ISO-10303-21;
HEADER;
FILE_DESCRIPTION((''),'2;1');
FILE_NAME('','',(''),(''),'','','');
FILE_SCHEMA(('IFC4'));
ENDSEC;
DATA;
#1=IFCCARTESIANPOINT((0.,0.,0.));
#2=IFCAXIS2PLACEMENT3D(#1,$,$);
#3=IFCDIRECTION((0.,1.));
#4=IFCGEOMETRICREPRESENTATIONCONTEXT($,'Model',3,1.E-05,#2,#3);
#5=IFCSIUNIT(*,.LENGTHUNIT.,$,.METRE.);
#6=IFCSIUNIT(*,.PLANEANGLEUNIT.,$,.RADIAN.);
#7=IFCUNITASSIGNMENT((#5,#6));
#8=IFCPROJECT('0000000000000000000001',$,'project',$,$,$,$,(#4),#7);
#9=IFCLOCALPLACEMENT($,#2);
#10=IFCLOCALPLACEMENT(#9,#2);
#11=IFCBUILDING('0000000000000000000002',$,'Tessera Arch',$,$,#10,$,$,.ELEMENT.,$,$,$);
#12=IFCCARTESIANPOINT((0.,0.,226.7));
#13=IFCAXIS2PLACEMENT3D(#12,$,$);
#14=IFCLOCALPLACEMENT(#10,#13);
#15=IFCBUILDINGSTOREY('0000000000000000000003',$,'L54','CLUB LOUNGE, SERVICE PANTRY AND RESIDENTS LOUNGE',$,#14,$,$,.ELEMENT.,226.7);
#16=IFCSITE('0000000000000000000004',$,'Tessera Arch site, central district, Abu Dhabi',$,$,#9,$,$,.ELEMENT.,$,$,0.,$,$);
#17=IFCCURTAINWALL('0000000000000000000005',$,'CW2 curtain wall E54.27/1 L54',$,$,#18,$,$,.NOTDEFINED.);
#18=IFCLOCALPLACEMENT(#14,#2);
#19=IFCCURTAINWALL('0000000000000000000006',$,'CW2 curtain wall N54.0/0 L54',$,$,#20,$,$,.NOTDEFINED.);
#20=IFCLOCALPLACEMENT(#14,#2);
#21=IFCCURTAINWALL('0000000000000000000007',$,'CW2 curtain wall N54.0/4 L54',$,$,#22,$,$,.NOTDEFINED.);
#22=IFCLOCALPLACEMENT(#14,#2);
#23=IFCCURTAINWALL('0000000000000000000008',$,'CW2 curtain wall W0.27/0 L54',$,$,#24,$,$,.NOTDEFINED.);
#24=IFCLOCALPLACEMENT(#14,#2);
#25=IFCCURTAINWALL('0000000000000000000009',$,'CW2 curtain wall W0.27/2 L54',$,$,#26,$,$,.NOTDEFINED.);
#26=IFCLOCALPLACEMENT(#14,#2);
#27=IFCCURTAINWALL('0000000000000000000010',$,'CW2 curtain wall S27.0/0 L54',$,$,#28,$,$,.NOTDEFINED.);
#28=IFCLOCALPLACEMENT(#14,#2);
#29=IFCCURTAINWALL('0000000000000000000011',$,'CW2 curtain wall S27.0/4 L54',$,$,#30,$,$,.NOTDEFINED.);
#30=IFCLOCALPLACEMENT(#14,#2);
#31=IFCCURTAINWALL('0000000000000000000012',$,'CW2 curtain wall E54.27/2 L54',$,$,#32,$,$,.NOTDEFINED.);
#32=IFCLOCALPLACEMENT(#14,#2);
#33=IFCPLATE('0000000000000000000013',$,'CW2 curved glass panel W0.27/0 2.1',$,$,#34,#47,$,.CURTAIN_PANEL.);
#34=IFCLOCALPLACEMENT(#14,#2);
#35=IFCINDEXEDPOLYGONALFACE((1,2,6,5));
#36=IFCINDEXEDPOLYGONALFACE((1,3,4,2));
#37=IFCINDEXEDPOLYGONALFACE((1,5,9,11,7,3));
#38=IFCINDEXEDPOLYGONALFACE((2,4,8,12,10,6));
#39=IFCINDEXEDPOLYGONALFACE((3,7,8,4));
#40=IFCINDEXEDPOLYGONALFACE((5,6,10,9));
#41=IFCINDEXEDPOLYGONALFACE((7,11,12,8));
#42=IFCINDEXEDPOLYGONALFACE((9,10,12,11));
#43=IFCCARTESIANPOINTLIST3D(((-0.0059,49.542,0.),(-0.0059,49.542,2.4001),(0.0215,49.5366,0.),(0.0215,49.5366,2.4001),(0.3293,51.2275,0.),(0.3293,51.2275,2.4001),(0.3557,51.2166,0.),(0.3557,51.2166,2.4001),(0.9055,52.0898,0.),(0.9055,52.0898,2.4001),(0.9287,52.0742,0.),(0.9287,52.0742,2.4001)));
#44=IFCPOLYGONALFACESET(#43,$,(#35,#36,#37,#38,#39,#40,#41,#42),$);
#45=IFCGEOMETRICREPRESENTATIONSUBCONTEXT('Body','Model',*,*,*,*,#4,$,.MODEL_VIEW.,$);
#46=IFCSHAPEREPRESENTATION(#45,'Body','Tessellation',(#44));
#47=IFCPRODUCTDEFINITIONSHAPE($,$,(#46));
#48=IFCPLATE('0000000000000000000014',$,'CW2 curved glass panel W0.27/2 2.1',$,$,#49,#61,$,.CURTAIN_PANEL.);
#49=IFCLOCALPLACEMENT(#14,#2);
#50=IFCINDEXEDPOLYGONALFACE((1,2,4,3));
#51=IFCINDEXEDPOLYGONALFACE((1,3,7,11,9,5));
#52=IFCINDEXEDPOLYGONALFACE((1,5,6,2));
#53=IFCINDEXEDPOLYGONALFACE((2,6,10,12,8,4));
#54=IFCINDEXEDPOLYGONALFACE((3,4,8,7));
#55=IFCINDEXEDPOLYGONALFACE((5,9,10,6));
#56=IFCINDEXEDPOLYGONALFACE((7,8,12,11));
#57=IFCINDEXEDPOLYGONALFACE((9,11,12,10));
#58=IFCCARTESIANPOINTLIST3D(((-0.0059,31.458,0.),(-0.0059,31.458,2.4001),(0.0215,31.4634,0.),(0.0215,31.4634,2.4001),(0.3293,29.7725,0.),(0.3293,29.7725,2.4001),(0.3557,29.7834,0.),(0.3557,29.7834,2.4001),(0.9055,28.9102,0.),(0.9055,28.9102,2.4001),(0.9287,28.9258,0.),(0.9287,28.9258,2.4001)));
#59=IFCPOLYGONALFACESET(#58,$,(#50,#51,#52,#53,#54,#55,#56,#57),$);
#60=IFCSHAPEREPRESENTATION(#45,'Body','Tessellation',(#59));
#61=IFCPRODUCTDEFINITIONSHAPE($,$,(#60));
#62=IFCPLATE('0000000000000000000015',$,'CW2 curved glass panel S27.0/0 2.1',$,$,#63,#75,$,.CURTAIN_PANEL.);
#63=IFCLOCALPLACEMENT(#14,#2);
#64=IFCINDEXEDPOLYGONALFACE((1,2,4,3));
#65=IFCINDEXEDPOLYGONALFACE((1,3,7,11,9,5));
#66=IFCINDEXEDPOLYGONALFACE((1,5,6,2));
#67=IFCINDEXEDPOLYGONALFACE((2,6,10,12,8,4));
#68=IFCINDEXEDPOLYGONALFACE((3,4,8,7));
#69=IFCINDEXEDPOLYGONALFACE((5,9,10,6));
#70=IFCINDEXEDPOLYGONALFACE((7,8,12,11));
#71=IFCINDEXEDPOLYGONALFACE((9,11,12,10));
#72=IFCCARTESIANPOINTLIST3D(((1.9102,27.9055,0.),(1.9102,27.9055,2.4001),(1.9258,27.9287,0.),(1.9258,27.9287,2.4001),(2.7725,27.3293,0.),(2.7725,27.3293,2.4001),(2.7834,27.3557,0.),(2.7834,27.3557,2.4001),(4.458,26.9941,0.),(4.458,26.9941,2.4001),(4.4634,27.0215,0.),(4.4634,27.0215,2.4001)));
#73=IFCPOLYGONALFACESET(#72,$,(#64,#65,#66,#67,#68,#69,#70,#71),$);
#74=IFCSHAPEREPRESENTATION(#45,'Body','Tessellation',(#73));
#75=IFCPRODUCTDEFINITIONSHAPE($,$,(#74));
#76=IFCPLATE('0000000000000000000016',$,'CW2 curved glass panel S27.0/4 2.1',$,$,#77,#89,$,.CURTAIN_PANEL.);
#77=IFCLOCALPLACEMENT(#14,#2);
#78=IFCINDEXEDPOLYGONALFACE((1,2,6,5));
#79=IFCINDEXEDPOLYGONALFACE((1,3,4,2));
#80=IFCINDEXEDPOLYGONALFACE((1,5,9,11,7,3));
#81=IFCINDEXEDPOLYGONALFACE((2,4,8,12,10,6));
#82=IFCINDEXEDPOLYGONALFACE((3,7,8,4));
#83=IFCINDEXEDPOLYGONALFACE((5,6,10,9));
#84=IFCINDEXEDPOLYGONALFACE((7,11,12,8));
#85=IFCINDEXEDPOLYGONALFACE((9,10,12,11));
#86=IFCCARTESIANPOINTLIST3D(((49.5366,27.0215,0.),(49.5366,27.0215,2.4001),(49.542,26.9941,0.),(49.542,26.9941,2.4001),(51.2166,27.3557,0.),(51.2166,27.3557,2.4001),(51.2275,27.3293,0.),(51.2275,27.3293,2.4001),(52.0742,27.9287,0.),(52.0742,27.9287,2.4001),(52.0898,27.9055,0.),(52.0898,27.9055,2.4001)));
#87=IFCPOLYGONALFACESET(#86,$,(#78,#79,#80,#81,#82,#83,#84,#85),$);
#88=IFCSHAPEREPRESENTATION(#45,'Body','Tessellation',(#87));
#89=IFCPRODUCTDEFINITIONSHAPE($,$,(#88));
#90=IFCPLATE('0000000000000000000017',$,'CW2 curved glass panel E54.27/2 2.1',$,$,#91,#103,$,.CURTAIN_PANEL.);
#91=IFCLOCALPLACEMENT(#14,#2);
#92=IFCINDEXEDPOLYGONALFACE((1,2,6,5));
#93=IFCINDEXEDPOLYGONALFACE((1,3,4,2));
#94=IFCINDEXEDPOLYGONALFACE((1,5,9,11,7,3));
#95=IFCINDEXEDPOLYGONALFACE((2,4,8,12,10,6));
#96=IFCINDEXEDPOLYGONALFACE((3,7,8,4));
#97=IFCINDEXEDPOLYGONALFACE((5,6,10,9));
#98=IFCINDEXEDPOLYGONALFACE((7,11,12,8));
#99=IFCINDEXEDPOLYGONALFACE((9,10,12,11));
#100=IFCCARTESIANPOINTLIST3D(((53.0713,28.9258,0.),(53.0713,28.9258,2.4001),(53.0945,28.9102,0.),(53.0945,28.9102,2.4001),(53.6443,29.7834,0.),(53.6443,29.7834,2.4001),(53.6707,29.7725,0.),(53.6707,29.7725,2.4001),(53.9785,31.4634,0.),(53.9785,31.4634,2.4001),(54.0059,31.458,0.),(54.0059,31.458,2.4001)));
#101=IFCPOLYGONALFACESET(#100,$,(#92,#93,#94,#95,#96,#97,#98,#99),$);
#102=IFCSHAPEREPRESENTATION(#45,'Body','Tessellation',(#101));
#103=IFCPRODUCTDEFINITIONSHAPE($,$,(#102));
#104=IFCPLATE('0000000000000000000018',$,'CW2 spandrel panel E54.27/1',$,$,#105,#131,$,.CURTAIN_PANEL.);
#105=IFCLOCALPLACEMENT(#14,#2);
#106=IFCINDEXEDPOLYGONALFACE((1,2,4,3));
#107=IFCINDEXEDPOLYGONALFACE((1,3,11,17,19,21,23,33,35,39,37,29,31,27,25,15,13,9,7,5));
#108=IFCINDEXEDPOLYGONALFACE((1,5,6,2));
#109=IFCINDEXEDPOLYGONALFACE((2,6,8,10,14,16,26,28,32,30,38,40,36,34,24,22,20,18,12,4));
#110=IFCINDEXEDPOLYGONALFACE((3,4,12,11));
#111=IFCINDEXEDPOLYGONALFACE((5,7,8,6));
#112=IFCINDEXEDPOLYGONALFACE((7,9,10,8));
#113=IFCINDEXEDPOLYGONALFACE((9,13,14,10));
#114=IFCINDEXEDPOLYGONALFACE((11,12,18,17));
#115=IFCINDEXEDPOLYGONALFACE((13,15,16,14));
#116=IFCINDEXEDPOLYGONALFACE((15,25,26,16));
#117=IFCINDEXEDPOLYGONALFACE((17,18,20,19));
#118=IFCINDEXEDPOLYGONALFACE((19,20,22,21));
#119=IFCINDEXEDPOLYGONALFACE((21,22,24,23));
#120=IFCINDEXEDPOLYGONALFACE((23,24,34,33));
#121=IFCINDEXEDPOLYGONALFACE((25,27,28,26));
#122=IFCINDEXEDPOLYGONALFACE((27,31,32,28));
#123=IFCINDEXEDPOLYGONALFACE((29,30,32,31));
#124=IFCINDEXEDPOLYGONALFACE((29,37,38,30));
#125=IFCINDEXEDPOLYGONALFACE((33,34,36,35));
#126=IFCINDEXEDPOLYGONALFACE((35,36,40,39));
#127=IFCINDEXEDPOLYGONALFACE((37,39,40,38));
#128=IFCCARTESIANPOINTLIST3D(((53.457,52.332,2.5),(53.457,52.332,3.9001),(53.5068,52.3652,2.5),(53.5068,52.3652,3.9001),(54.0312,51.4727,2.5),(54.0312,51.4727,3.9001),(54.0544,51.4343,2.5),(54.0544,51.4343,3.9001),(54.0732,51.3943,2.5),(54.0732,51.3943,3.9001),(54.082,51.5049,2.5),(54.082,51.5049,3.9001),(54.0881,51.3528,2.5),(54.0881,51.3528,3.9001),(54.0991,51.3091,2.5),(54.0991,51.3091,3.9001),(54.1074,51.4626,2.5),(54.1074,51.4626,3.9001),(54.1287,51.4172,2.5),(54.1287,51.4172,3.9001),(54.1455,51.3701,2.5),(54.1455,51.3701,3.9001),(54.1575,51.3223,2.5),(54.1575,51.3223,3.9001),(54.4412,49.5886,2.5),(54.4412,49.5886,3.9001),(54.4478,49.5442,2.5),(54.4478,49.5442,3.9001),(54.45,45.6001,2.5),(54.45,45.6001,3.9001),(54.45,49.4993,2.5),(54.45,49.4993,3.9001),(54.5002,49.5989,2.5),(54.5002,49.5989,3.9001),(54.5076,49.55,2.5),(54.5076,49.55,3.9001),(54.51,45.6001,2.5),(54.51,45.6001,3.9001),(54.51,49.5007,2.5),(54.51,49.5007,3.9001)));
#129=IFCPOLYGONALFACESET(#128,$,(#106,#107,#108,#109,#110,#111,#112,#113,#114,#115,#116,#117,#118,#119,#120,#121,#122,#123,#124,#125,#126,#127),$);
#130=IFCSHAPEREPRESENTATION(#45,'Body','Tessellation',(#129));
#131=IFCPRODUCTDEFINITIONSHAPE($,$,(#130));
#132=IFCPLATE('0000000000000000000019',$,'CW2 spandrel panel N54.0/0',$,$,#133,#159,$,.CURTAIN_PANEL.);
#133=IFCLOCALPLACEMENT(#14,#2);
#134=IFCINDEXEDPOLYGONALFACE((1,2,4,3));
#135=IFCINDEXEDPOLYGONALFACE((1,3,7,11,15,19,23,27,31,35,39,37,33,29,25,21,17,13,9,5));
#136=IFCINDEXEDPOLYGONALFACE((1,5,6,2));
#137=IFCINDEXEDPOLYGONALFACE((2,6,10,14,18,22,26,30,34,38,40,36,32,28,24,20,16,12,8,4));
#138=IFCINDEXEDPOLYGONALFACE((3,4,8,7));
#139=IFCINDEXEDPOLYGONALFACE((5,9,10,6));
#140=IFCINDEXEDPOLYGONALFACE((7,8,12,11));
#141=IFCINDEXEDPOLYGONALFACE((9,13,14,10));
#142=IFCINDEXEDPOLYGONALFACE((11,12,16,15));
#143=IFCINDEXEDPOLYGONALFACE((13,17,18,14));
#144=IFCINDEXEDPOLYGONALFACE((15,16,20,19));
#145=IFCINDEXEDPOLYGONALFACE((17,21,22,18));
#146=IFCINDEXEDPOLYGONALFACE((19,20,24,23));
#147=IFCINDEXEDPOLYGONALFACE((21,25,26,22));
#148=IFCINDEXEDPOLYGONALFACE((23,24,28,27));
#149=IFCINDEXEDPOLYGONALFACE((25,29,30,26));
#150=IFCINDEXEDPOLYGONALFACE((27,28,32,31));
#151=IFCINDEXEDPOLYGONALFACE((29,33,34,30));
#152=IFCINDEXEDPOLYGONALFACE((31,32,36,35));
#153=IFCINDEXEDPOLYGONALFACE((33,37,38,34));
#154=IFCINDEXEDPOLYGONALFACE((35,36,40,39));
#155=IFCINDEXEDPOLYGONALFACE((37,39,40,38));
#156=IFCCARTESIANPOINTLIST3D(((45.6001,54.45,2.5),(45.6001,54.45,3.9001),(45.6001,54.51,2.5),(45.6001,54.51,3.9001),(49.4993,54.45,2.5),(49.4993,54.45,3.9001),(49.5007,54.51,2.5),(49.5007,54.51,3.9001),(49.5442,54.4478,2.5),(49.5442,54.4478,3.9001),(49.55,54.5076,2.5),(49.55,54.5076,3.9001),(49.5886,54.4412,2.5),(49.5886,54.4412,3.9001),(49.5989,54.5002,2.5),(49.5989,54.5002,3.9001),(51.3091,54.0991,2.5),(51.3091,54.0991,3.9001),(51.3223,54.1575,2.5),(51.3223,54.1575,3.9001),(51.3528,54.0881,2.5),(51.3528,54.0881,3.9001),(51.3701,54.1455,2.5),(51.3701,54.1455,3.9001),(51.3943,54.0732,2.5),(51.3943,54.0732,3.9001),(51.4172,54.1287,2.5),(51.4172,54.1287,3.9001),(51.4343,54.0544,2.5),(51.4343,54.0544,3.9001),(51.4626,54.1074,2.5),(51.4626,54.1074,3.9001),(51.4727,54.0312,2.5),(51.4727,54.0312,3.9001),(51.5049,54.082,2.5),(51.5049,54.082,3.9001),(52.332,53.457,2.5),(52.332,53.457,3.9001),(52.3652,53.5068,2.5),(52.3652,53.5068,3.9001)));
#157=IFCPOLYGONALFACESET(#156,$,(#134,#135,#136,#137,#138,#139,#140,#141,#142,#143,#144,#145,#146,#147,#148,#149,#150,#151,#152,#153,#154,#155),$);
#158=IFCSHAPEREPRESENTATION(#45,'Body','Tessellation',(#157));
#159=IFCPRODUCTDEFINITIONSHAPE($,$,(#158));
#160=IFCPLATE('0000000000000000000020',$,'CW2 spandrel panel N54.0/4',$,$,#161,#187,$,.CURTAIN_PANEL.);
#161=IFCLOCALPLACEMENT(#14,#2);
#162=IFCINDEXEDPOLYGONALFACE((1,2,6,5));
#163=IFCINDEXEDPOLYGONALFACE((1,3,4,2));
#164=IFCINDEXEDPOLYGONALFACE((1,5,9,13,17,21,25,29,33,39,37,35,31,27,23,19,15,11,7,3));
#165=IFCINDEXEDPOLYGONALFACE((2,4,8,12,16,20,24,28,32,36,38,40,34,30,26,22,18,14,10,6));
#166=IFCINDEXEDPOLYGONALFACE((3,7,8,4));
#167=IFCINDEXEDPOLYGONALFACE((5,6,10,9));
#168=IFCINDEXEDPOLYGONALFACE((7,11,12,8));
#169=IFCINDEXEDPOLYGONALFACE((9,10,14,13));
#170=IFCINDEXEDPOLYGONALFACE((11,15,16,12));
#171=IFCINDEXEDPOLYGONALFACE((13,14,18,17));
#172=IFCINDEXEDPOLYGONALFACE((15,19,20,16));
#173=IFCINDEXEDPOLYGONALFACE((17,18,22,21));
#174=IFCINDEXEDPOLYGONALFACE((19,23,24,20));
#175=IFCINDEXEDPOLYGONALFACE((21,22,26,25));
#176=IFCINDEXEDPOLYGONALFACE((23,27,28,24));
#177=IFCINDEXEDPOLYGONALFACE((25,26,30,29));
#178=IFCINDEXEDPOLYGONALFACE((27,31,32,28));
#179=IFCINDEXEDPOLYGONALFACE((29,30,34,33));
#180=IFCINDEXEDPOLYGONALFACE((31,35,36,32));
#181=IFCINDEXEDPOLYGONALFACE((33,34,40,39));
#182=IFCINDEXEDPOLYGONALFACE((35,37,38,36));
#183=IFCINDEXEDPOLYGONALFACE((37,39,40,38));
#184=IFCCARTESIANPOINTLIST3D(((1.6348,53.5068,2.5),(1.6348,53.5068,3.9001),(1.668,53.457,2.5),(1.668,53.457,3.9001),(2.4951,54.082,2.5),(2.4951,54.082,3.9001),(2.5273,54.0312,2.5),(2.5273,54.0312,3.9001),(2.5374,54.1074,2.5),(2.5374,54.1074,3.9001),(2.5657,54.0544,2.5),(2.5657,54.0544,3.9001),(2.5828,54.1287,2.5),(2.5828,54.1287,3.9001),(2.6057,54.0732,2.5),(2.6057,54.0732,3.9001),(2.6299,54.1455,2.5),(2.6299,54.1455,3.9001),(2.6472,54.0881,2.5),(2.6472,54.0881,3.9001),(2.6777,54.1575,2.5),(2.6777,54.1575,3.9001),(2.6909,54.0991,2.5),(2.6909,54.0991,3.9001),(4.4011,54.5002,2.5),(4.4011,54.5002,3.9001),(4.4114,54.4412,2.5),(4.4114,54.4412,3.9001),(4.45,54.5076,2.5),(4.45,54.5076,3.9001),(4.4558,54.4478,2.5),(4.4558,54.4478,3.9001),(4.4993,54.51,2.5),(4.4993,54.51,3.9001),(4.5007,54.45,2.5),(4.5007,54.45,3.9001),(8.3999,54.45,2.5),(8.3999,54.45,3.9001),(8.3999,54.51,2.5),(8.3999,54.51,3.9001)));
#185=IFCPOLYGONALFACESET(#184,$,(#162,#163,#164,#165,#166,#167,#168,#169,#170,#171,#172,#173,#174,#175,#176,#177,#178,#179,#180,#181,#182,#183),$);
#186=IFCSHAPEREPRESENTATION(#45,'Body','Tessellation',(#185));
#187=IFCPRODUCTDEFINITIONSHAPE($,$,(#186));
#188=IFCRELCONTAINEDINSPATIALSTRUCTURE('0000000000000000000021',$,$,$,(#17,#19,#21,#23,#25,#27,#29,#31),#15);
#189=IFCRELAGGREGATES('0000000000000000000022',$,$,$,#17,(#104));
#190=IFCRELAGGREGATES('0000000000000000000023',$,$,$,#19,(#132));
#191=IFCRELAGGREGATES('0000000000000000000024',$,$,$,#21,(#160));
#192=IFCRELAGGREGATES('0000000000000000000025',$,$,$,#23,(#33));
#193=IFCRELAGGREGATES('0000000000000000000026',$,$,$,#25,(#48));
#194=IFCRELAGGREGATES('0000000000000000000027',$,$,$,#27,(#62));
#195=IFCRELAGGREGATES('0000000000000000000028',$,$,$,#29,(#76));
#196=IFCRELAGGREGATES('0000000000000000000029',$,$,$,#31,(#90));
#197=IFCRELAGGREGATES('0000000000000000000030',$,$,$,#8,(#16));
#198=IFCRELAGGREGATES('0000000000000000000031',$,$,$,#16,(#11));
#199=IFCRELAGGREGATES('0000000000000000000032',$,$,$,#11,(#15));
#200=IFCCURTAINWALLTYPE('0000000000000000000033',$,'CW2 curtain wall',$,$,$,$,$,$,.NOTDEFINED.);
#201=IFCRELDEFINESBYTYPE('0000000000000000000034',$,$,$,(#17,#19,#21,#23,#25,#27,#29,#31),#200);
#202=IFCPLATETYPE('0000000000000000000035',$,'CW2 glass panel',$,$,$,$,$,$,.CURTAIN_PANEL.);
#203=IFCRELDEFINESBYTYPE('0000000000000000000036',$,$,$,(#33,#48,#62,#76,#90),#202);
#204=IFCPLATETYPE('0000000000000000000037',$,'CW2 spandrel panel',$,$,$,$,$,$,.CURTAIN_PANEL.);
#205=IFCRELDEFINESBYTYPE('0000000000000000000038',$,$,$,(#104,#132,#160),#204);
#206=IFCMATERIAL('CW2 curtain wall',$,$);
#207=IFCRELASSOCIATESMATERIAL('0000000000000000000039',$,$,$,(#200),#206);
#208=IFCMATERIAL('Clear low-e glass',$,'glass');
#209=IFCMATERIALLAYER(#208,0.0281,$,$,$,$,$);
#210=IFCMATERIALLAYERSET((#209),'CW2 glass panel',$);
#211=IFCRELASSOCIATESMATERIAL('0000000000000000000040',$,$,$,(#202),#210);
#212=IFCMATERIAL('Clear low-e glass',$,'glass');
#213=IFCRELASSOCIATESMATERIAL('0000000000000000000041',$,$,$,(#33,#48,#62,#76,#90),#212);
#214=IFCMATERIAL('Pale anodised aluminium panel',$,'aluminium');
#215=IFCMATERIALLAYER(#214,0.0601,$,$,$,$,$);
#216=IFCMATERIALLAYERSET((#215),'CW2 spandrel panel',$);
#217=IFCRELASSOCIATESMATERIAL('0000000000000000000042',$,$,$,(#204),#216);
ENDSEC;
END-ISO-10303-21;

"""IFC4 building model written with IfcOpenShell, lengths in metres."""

from ifc_helpers import new_model, si_unit, direction, frame, origin, place, context, subcontext, project, spatial, polyline, outline, extrude, material, layer, layer_set, type_object, element, aggregate, save


model = new_model("IFC4")

# Units and contexts
model_context = context("Model", 3, precision=1e-05, world=origin(), true_north=direction((0.0, 1.0)))
body_context = subcontext(model_context, "Body", "Model", "MODEL_VIEW")
ifc_project = project(units=[si_unit("LENGTHUNIT", "METRE"), si_unit("PLANEANGLEUNIT", "RADIAN")], contexts=[model_context])

# Site, building, storey
site_placement = place(None, origin())
site = spatial("IfcSite", under=ifc_project, at=site_placement, Name="Tessera Arch site, central district, Abu Dhabi", CompositionType="ELEMENT", RefElevation=0.0)
building_placement = place(site_placement, origin())
building = spatial("IfcBuilding", under=site, at=building_placement, Name="Tessera Arch", CompositionType="ELEMENT")
storey_placement = place(building_placement, frame((0.0, 0.0, 226.7)))
storey = spatial("IfcBuildingStorey", under=building, at=storey_placement, Name="L54", Description="CLUB LOUNGE, SERVICE PANTRY AND RESIDENTS LOUNGE", CompositionType="ELEMENT", Elevation=226.7)

# Curtain walls
ifc_material_1 = material(Name="CW2 curtain wall")
curtain_wall_type = type_object("IfcCurtainWallType", Name="CW2 curtain wall", PredefinedType="NOTDEFINED", material=ifc_material_1)
curtain_wall_1_placement = place(storey_placement, origin())
curtain_wall_1 = element("IfcCurtainWall", 1, at=curtain_wall_1_placement, inside=storey, type_object=curtain_wall_type, Name="CW2 curtain wall E54.27/1 L54", PredefinedType="NOTDEFINED")
curtain_wall_2_placement = place(storey_placement, origin())
curtain_wall_2 = element("IfcCurtainWall", 2, at=curtain_wall_2_placement, inside=storey, type_object=curtain_wall_type, Name="CW2 curtain wall N54.0/0 L54", PredefinedType="NOTDEFINED")
curtain_wall_3_placement = place(storey_placement, origin())
curtain_wall_3 = element("IfcCurtainWall", 3, at=curtain_wall_3_placement, inside=storey, type_object=curtain_wall_type, Name="CW2 curtain wall N54.0/4 L54", PredefinedType="NOTDEFINED")
curtain_wall_4_placement = place(storey_placement, origin())
curtain_wall_4 = element("IfcCurtainWall", 4, at=curtain_wall_4_placement, inside=storey, type_object=curtain_wall_type, Name="CW2 curtain wall W0.27/0 L54", PredefinedType="NOTDEFINED")
curtain_wall_5_placement = place(storey_placement, origin())
curtain_wall_5 = element("IfcCurtainWall", 5, at=curtain_wall_5_placement, inside=storey, type_object=curtain_wall_type, Name="CW2 curtain wall W0.27/2 L54", PredefinedType="NOTDEFINED")
curtain_wall_6_placement = place(storey_placement, origin())
curtain_wall_6 = element("IfcCurtainWall", 6, at=curtain_wall_6_placement, inside=storey, type_object=curtain_wall_type, Name="CW2 curtain wall S27.0/0 L54", PredefinedType="NOTDEFINED")
curtain_wall_7_placement = place(storey_placement, origin())
curtain_wall_7 = element("IfcCurtainWall", 7, at=curtain_wall_7_placement, inside=storey, type_object=curtain_wall_type, Name="CW2 curtain wall S27.0/4 L54", PredefinedType="NOTDEFINED")
curtain_wall_8_placement = place(storey_placement, origin())
curtain_wall_8 = element("IfcCurtainWall", 8, at=curtain_wall_8_placement, inside=storey, type_object=curtain_wall_type, Name="CW2 curtain wall E54.27/2 L54", PredefinedType="NOTDEFINED")

# Plates
ifc_material_2 = material(Name="Clear low-e glass", Category="glass")
ifc_material_3 = material(Name="Clear low-e glass", Category="glass")
ifc_layer_1 = layer(ifc_material_3, 0.0281)
ifc_layer_set_1 = layer_set([ifc_layer_1], Name="CW2 glass panel")
plate_type_1 = type_object("IfcPlateType", Name="CW2 glass panel", PredefinedType="CURTAIN_PANEL", material=ifc_layer_set_1)
plate_1_placement = place(storey_placement, origin())
plate_1 = element("IfcPlate", 9, at=plate_1_placement, type_object=plate_type_1, material=ifc_material_2, Name="CW2 curved glass panel W0.27/0 2.1", PredefinedType="CURTAIN_PANEL", context=body_context, shape_type="SweptSolid", body=[
    extrude(outline(polyline([(0.3557, 51.2166), (0.9287, 52.0742), (0.9055, 52.0898), (0.3293, 51.2275), (-0.0059, 49.542), (0.0215, 49.5366), (0.3557, 51.2166)])), origin(), (0.0, 0.0, 1.0), 2.4001),
])
plate_2_placement = place(storey_placement, origin())
plate_2 = element("IfcPlate", 10, at=plate_2_placement, type_object=plate_type_1, material=ifc_material_2, Name="CW2 curved glass panel W0.27/2 2.1", PredefinedType="CURTAIN_PANEL", context=body_context, shape_type="SweptSolid", body=[
    extrude(outline(polyline([(0.3557, 29.7834), (0.0215, 31.4634), (-0.0059, 31.458), (0.3293, 29.7725), (0.9055, 28.9102), (0.9287, 28.9258), (0.3557, 29.7834)])), origin(), (0.0, 0.0, 1.0), 2.4001),
])
plate_3_placement = place(storey_placement, origin())
plate_3 = element("IfcPlate", 11, at=plate_3_placement, type_object=plate_type_1, material=ifc_material_2, Name="CW2 curved glass panel S27.0/0 2.1", PredefinedType="CURTAIN_PANEL", context=body_context, shape_type="SweptSolid", body=[
    extrude(outline(polyline([(2.7834, 27.3557), (1.9258, 27.9287), (1.9102, 27.9055), (2.7725, 27.3293), (4.458, 26.9941), (4.4634, 27.0215), (2.7834, 27.3557)])), origin(), (0.0, 0.0, 1.0), 2.4001),
])
plate_4_placement = place(storey_placement, origin())
plate_4 = element("IfcPlate", 12, at=plate_4_placement, type_object=plate_type_1, material=ifc_material_2, Name="CW2 curved glass panel S27.0/4 2.1", PredefinedType="CURTAIN_PANEL", context=body_context, shape_type="SweptSolid", body=[
    extrude(outline(polyline([(51.2166, 27.3557), (49.5366, 27.0215), (49.542, 26.9941), (51.2275, 27.3293), (52.0898, 27.9055), (52.0742, 27.9287), (51.2166, 27.3557)])), origin(), (0.0, 0.0, 1.0), 2.4001),
])
plate_5_placement = place(storey_placement, origin())
plate_5 = element("IfcPlate", 13, at=plate_5_placement, type_object=plate_type_1, material=ifc_material_2, Name="CW2 curved glass panel E54.27/2 2.1", PredefinedType="CURTAIN_PANEL", context=body_context, shape_type="SweptSolid", body=[
    extrude(outline(polyline([(53.6443, 29.7834), (53.0713, 28.9258), (53.0945, 28.9102), (53.6707, 29.7725), (54.0059, 31.458), (53.9785, 31.4634), (53.6443, 29.7834)])), origin(), (0.0, 0.0, 1.0), 2.4001),
])
ifc_material_4 = material(Name="Pale anodised aluminium panel", Category="aluminium")
ifc_layer_2 = layer(ifc_material_4, 0.0601)
ifc_layer_set_2 = layer_set([ifc_layer_2], Name="CW2 spandrel panel")
plate_type_2 = type_object("IfcPlateType", Name="CW2 spandrel panel", PredefinedType="CURTAIN_PANEL", material=ifc_layer_set_2)
plate_6_placement = place(storey_placement, frame((0.0, 0.0, 2.5)))
plate_6 = element("IfcPlate", 14, at=plate_6_placement, type_object=plate_type_2, Name="CW2 spandrel panel E54.27/1", PredefinedType="CURTAIN_PANEL", context=body_context, shape_type="SweptSolid", body=[
    extrude(outline(polyline([(54.45, 49.4993), (54.45, 45.6001), (54.51, 45.6001), (54.51, 49.5007), (54.5076, 49.55), (54.5002, 49.5989), (54.1575, 51.3223), (54.1455, 51.3701), (54.1287, 51.4172), (54.1074, 51.4626), (54.082, 51.5049), (53.5068, 52.3652), (53.457, 52.332), (54.0312, 51.4727), (54.0544, 51.4343), (54.0732, 51.3943), (54.0881, 51.3528), (54.0991, 51.3091), (54.4412, 49.5886), (54.4478, 49.5442), (54.45, 49.4993)])), origin(), (0.0, 0.0, 1.0), 1.4001),
])
aggregate(curtain_wall_1, [plate_6])
plate_7_placement = place(storey_placement, frame((0.0, 0.0, 2.5)))
plate_7 = element("IfcPlate", 15, at=plate_7_placement, type_object=plate_type_2, Name="CW2 spandrel panel N54.0/0", PredefinedType="CURTAIN_PANEL", context=body_context, shape_type="SweptSolid", body=[
    extrude(outline(polyline([(51.4727, 54.0312), (52.332, 53.457), (52.3652, 53.5068), (51.5049, 54.082), (51.4626, 54.1074), (51.4172, 54.1287), (51.3701, 54.1455), (51.3223, 54.1575), (49.5989, 54.5002), (49.55, 54.5076), (49.5007, 54.51), (45.6001, 54.51), (45.6001, 54.45), (49.4993, 54.45), (49.5442, 54.4478), (49.5886, 54.4412), (51.3091, 54.0991), (51.3528, 54.0881), (51.3943, 54.0732), (51.4343, 54.0544), (51.4727, 54.0312)])), origin(), (0.0, 0.0, 1.0), 1.4001),
])
aggregate(curtain_wall_2, [plate_7])
plate_8_placement = place(storey_placement, frame((0.0, 0.0, 2.5)))
plate_8 = element("IfcPlate", 16, at=plate_8_placement, type_object=plate_type_2, Name="CW2 spandrel panel N54.0/4", PredefinedType="CURTAIN_PANEL", context=body_context, shape_type="SweptSolid", body=[
    extrude(outline(polyline([(4.5007, 54.45), (8.3999, 54.45), (8.3999, 54.51), (4.4993, 54.51), (4.45, 54.5076), (4.4011, 54.5002), (2.6777, 54.1575), (2.6299, 54.1455), (2.5828, 54.1287), (2.5374, 54.1074), (2.4951, 54.082), (1.6348, 53.5068), (1.668, 53.457), (2.5273, 54.0312), (2.5657, 54.0544), (2.6057, 54.0732), (2.6472, 54.0881), (2.6909, 54.0991), (4.4114, 54.4412), (4.4558, 54.4478), (4.5007, 54.45)])), origin(), (0.0, 0.0, 1.0), 1.4001),
])
aggregate(curtain_wall_3, [plate_8])
aggregate(curtain_wall_4, [plate_1])
aggregate(curtain_wall_5, [plate_2])
aggregate(curtain_wall_6, [plate_3])
aggregate(curtain_wall_7, [plate_4])
aggregate(curtain_wall_8, [plate_5])

save(model, "model.ifc")
